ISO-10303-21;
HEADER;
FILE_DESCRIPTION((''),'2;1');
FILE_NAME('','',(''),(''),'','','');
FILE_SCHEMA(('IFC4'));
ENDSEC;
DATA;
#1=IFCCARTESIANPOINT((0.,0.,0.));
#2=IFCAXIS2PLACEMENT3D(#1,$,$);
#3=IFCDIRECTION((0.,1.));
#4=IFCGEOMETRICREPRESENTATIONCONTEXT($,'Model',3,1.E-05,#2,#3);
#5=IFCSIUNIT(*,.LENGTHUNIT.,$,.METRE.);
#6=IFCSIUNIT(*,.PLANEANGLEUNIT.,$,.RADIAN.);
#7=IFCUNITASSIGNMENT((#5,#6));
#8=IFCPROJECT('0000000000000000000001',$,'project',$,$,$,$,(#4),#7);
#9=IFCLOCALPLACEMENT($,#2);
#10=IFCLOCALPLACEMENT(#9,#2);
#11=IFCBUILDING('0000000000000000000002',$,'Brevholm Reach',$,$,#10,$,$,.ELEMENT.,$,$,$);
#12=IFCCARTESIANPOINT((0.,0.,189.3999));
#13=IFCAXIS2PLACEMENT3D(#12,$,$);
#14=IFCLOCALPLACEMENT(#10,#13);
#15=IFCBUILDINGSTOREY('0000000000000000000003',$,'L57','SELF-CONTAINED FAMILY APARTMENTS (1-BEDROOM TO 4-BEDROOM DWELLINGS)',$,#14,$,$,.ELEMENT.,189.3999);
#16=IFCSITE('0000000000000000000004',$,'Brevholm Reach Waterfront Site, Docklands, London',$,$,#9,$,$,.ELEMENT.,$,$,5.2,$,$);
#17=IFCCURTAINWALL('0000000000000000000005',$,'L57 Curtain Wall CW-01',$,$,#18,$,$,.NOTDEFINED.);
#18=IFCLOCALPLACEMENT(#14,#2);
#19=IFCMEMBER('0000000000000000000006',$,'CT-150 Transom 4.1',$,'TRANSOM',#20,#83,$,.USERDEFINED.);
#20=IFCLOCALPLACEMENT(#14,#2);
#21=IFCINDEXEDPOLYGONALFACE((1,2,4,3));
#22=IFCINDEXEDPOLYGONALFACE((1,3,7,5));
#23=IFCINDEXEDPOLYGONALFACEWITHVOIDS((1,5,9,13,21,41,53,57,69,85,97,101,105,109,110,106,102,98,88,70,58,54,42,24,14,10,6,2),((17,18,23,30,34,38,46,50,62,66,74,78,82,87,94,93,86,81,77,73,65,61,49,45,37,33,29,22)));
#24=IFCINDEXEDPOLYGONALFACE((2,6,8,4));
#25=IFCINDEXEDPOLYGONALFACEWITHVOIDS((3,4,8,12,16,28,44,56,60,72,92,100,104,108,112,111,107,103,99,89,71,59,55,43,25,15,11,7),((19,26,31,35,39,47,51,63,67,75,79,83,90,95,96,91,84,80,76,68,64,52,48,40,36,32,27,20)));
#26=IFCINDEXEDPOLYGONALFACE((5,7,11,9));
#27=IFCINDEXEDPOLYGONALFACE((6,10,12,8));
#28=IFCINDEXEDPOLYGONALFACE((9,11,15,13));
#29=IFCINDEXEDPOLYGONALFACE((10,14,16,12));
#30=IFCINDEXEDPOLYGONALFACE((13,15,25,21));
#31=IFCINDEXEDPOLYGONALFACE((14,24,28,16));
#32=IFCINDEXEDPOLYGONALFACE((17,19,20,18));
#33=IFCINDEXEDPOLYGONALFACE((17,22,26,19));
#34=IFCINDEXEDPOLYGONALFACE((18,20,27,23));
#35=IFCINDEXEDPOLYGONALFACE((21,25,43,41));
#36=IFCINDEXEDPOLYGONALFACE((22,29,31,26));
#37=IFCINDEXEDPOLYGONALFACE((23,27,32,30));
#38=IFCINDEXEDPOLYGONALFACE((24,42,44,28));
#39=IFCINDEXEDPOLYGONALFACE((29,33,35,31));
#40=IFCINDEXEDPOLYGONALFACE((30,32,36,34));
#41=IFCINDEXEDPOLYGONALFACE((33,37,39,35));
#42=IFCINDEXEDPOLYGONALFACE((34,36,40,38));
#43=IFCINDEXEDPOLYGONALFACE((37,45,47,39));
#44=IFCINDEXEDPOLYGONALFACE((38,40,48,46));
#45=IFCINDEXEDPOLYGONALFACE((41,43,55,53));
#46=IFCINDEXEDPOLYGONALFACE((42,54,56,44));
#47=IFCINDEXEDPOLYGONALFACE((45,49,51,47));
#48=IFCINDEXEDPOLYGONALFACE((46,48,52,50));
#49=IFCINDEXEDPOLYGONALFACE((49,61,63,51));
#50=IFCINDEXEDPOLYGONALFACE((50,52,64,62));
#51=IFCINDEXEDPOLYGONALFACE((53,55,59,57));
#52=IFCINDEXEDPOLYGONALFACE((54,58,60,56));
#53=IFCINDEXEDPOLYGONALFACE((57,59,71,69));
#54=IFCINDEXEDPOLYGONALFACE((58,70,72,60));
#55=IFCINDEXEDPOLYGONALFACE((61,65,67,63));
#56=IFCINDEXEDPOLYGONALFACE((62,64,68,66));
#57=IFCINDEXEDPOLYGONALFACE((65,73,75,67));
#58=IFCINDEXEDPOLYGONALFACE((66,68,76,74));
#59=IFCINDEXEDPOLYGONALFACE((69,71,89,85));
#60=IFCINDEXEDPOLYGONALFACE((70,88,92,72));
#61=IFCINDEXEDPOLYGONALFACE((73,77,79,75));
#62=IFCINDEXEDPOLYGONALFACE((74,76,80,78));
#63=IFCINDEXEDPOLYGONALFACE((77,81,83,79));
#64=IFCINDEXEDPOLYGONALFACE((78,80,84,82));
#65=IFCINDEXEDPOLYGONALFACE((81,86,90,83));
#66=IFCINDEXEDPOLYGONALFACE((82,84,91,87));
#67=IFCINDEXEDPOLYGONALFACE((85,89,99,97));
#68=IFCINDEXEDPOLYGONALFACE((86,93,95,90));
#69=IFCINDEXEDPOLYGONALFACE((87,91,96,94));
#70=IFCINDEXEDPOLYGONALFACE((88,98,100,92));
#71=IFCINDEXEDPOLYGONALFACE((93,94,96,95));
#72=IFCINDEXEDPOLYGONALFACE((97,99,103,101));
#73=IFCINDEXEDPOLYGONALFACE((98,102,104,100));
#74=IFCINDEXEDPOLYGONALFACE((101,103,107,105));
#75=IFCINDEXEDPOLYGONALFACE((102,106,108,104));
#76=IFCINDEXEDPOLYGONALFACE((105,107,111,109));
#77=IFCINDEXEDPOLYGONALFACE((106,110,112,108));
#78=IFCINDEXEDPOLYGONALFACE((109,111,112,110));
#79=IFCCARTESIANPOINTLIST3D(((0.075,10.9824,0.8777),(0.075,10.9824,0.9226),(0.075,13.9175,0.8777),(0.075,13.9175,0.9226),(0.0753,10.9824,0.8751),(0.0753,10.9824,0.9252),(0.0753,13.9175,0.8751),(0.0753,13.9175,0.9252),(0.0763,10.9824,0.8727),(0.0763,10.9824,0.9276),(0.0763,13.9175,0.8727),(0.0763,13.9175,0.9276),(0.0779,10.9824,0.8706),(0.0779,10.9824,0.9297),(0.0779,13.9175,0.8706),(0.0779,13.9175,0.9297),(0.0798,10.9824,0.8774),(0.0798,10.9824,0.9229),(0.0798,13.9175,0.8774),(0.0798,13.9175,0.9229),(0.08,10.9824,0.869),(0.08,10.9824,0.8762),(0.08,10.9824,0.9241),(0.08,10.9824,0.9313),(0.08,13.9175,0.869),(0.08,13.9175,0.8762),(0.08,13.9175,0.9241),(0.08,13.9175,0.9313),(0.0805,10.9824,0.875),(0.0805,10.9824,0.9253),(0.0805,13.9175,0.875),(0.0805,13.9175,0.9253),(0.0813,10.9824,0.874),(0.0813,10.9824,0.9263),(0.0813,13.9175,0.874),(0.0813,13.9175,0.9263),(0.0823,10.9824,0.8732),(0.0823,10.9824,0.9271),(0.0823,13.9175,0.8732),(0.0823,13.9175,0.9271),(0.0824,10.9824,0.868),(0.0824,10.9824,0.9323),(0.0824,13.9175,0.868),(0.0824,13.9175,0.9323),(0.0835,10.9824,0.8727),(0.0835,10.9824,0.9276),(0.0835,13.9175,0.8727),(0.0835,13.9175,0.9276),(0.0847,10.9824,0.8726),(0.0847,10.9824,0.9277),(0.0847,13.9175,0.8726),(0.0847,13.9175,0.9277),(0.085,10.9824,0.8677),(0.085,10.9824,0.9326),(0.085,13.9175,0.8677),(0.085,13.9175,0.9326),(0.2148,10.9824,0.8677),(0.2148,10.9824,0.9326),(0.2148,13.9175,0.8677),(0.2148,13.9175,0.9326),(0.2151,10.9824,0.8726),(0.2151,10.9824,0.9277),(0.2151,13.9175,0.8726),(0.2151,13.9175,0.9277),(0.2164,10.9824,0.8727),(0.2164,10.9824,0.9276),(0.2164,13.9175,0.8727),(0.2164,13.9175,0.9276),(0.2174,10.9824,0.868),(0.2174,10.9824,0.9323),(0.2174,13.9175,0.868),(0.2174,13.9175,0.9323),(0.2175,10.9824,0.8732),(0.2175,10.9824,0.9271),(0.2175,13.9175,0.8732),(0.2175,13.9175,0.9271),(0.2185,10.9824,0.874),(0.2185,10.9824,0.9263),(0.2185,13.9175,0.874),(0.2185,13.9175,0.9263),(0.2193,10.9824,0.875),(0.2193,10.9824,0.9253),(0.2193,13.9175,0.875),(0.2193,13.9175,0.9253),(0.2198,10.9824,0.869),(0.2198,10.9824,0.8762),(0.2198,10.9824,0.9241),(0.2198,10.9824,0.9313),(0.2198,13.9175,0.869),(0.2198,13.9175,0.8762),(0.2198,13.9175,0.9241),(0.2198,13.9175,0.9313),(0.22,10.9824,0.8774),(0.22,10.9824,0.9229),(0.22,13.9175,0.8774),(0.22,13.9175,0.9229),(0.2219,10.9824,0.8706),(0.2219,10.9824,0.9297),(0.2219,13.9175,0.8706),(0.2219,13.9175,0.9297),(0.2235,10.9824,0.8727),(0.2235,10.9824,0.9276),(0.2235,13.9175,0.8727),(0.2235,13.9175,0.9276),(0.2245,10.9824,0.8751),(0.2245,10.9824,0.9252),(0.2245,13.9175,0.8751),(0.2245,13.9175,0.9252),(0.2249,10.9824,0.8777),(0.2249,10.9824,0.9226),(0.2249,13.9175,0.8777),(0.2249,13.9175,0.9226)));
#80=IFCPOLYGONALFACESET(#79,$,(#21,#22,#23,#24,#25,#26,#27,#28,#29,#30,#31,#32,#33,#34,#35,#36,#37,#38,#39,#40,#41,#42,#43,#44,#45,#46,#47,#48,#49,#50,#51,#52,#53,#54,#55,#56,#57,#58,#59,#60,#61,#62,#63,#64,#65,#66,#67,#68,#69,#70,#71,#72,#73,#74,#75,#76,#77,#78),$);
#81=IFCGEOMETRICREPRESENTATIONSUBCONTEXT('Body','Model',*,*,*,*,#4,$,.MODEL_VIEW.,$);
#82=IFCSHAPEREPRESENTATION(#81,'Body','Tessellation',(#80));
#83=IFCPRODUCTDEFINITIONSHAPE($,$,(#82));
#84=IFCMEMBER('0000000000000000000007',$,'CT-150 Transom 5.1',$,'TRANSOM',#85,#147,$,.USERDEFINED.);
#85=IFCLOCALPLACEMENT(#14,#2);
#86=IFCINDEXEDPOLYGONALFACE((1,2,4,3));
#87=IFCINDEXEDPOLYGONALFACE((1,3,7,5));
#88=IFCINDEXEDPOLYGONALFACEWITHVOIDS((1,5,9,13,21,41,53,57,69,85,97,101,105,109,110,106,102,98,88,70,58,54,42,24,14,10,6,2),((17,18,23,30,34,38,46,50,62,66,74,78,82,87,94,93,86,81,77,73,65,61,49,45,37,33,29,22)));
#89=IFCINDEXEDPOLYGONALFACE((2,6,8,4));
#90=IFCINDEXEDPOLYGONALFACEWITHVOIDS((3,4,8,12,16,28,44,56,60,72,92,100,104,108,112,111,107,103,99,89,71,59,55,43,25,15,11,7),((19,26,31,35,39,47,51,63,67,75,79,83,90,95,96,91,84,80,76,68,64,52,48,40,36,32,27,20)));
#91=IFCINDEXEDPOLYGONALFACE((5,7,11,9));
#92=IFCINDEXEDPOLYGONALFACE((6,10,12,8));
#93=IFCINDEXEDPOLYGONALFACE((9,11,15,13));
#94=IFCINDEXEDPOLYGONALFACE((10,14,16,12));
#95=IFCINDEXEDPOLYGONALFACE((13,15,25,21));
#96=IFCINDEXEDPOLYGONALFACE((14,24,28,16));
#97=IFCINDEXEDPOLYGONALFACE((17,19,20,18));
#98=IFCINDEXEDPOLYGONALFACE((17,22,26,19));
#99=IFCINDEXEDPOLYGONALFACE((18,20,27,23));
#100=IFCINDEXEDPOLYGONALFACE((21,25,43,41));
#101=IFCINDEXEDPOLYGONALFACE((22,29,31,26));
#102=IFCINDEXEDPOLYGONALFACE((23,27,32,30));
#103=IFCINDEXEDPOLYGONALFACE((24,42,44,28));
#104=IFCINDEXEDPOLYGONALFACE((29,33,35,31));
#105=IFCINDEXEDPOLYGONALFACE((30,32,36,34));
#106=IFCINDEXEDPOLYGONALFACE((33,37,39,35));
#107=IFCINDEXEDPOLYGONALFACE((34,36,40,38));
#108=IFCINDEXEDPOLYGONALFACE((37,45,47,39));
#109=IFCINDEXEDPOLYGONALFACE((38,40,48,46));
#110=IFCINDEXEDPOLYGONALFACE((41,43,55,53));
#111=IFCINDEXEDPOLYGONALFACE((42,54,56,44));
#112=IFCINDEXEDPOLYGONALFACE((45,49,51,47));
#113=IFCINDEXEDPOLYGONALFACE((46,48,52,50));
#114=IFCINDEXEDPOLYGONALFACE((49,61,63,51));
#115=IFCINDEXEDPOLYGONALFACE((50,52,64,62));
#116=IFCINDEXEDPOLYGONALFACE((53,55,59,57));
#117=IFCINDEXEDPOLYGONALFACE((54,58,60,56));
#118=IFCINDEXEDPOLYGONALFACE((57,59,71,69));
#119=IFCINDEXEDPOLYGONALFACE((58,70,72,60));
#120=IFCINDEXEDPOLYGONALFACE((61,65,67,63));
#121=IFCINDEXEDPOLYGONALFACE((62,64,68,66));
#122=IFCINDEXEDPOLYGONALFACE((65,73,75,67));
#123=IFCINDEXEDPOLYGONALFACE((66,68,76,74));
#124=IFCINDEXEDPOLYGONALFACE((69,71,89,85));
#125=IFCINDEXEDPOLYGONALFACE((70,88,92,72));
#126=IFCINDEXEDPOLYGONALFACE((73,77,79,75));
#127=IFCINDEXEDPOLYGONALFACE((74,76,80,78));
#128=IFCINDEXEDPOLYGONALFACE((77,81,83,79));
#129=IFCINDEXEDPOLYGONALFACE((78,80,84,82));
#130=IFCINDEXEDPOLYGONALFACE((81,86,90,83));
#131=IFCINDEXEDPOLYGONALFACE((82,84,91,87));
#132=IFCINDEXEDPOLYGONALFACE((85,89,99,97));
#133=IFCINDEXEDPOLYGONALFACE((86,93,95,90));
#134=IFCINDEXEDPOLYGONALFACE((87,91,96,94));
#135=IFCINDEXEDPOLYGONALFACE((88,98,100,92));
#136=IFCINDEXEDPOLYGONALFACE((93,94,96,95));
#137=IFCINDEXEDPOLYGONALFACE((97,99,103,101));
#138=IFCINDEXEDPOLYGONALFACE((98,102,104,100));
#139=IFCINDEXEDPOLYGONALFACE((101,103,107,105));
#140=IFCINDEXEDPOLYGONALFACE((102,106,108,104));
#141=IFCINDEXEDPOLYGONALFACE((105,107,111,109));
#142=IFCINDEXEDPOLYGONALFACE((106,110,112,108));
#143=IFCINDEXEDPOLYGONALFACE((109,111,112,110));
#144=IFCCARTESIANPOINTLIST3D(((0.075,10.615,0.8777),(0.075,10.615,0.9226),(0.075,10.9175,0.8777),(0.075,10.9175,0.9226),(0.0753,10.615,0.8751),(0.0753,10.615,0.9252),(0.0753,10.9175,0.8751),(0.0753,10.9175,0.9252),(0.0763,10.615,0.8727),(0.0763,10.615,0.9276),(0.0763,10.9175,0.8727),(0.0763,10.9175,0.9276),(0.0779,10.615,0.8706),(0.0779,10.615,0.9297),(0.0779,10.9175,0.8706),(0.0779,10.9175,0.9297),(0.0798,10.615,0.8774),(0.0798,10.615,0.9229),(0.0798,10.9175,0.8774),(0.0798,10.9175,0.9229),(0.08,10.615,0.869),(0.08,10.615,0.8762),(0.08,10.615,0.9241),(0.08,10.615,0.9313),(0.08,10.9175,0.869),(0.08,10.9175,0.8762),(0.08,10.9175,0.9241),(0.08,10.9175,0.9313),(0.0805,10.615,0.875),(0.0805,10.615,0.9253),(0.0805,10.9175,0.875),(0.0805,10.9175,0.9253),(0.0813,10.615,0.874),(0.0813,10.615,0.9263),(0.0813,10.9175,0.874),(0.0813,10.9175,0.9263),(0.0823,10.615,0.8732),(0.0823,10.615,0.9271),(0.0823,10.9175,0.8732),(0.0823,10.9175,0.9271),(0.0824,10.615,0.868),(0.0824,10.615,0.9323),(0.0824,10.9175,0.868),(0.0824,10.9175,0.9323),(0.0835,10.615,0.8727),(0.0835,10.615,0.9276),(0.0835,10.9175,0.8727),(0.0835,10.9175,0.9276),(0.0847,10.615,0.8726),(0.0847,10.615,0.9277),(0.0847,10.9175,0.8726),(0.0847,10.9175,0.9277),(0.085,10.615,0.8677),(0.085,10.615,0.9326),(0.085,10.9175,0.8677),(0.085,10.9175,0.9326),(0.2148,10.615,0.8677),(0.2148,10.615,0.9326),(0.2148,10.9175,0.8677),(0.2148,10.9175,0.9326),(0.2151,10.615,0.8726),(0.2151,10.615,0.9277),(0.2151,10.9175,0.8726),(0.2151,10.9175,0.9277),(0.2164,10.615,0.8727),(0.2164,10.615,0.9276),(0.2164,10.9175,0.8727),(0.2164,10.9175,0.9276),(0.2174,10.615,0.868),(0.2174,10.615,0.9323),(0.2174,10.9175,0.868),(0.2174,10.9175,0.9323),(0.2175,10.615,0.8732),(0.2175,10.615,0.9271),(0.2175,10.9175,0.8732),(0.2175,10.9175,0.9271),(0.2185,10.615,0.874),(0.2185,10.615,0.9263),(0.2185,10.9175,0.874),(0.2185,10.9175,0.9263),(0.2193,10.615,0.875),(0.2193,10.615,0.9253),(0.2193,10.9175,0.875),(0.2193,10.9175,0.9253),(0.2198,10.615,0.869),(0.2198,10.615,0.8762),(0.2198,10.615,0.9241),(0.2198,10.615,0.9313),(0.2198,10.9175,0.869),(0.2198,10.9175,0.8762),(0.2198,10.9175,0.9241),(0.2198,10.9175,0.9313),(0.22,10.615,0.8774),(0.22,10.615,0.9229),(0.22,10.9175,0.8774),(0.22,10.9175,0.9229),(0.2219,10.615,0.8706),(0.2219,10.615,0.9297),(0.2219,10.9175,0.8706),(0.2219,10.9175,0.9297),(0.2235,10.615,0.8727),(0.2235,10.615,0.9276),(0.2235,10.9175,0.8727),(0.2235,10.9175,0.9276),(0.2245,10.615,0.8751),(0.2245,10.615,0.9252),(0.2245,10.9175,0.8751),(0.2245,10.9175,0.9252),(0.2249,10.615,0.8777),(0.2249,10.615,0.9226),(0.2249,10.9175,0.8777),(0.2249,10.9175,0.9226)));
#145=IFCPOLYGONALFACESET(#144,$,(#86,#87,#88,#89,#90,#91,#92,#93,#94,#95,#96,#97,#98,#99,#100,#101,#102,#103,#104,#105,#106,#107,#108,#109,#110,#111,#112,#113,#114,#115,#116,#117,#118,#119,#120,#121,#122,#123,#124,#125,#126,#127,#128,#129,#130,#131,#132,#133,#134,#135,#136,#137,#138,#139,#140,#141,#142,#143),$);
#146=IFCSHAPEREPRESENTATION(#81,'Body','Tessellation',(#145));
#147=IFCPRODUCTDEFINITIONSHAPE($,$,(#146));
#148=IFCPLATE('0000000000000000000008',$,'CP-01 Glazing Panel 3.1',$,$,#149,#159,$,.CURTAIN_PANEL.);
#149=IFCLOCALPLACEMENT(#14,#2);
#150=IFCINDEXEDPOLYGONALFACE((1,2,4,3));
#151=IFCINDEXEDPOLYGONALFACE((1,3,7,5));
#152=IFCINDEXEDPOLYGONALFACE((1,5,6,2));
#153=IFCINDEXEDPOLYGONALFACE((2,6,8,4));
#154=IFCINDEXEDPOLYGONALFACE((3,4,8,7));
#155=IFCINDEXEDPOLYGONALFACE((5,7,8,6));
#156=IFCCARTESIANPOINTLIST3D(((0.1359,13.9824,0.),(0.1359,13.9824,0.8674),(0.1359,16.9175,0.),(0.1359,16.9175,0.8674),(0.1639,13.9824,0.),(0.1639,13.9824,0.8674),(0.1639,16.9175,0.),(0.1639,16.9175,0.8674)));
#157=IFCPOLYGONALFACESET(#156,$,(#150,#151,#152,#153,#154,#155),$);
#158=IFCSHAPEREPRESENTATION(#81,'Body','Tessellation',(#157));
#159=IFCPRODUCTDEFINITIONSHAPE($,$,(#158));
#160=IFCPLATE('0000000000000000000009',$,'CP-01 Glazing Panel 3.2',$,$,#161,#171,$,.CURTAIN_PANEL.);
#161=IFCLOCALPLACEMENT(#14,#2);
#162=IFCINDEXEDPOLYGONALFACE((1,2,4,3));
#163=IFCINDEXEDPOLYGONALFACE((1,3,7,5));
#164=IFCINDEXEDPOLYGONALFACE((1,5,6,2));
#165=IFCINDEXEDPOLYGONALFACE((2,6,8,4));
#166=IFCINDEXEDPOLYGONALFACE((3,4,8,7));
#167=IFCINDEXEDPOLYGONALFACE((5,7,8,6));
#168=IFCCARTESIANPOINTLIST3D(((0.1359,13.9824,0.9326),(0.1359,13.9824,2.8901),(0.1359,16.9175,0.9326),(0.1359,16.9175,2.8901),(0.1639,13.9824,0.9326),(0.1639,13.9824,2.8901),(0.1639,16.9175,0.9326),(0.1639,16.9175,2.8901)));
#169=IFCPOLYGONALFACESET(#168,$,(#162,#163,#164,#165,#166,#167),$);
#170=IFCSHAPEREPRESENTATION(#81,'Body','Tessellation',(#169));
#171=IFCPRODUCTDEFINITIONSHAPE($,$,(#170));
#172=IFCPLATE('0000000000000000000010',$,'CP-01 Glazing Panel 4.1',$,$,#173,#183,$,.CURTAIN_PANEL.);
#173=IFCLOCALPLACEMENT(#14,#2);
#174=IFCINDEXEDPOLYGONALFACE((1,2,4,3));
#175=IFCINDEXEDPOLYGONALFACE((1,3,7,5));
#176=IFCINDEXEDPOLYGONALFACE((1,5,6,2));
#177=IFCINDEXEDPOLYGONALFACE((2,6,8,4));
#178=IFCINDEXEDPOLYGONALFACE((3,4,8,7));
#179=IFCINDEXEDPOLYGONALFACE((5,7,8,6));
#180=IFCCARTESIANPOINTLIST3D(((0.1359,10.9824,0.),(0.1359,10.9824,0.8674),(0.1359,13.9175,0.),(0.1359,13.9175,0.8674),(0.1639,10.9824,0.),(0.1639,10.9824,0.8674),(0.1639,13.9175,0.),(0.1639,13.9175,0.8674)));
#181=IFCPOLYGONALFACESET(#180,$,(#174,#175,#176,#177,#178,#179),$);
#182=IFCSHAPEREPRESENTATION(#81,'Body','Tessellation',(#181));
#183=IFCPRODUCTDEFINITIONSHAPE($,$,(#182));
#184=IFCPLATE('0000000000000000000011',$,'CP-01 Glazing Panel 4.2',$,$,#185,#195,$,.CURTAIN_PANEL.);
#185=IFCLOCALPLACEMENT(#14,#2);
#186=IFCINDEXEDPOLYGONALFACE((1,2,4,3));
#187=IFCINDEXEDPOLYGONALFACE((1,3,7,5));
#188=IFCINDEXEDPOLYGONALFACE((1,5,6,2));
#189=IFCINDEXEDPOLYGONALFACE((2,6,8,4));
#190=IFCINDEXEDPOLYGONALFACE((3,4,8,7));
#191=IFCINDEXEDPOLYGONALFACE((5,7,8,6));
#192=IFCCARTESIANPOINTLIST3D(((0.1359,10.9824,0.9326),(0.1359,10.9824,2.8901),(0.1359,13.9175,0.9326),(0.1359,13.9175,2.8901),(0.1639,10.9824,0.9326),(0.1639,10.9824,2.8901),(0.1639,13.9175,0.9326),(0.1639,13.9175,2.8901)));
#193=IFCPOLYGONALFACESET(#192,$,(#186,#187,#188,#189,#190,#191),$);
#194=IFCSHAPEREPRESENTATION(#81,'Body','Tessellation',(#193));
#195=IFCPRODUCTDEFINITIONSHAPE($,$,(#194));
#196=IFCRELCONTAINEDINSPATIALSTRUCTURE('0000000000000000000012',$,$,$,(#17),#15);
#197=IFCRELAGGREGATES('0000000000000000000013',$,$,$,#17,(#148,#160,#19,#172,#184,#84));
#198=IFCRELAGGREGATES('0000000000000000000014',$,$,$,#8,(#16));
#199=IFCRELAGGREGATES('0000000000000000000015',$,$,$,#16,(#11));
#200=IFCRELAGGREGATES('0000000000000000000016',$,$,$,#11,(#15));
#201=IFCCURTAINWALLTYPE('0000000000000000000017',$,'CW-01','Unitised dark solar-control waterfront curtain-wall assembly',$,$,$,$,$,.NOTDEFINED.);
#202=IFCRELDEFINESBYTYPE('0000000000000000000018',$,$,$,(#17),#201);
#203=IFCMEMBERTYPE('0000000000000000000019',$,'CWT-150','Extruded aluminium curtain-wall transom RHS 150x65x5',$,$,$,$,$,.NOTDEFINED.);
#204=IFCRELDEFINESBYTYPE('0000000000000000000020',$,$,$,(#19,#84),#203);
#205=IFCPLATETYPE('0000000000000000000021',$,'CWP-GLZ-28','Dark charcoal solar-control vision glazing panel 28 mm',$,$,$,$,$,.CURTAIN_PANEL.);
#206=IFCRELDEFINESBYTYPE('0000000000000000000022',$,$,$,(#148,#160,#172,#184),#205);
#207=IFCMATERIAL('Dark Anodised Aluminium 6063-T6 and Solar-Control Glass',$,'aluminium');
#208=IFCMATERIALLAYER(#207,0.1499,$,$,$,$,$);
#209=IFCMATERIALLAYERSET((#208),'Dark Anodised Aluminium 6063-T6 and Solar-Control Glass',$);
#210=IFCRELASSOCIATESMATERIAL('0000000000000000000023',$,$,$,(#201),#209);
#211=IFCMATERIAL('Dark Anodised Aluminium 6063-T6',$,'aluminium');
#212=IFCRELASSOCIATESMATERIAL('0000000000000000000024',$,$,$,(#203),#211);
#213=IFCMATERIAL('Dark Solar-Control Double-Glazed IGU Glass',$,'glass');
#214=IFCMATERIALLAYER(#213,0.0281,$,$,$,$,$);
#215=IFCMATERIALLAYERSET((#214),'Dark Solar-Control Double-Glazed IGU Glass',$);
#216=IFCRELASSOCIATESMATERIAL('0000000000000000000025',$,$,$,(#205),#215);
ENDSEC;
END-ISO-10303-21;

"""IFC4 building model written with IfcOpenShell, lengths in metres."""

from ifc_helpers import new_model, si_unit, direction, frame, origin, origin_2d, place, context, subcontext, project, spatial, rectangle, hollow_rectangle, extrude, material, layer, layer_set, material_profile, profile_set, type_object, element, aggregate, save


model = new_model("IFC4")

# Units and contexts
model_context = context("Model", 3, precision=1e-05, world=origin(), true_north=direction((0.0, 1.0)))
body_context = subcontext(model_context, "Body", "Model", "MODEL_VIEW")
ifc_project = project(units=[si_unit("LENGTHUNIT", "METRE"), si_unit("PLANEANGLEUNIT", "RADIAN")], contexts=[model_context])

# Site, building, storey
site_placement = place(None, origin())
site = spatial("IfcSite", under=ifc_project, at=site_placement, Name="Brevholm Reach Waterfront Site, Docklands, London", CompositionType="ELEMENT", RefElevation=5.2)
building_placement = place(site_placement, origin())
building = spatial("IfcBuilding", under=site, at=building_placement, Name="Brevholm Reach", CompositionType="ELEMENT")
storey_placement = place(building_placement, frame((0.0, 0.0, 189.3999)))
storey = spatial("IfcBuildingStorey", under=building, at=storey_placement, Name="L57", Description="SELF-CONTAINED FAMILY APARTMENTS (1-BEDROOM TO 4-BEDROOM DWELLINGS)", CompositionType="ELEMENT", Elevation=189.3999)

# Curtain wall, members, plates
ifc_material_1 = material(Name="Dark Anodised Aluminium 6063-T6 and Solar-Control Glass", Category="aluminium")
ifc_layer_1 = layer(ifc_material_1, 0.1499)
ifc_layer_set_1 = layer_set([ifc_layer_1], Name="Dark Anodised Aluminium 6063-T6 and Solar-Control Glass")
curtain_wall_type = type_object("IfcCurtainWallType", Name="CW-01", Description="Unitised dark solar-control waterfront curtain-wall assembly", PredefinedType="NOTDEFINED", material=ifc_layer_set_1)
curtain_wall_placement = place(storey_placement, origin())
curtain_wall = element("IfcCurtainWall", 1, at=curtain_wall_placement, inside=storey, type_object=curtain_wall_type, Name="L57 Curtain Wall CW-01", PredefinedType="NOTDEFINED")
ifc_material_2 = material(Name="Dark Anodised Aluminium 6063-T6", Category="aluminium")
ifc_material_profile_1 = material_profile(ifc_material_2, hollow_rectangle(XDim=0.0649, YDim=0.1499, WallThickness=0.0049, InnerFilletRadius=0.0049, OuterFilletRadius=0.01, at=origin_2d()), Name="RHS 150x65x5")
ifc_profile_set_1 = profile_set([ifc_material_profile_1], Name="Dark Anodised Aluminium 6063-T6")
member_type_1 = type_object("IfcMemberType", Name="CWT-150", Description="Extruded aluminium curtain-wall transom RHS 150x65x5", PredefinedType="NOTDEFINED", material=ifc_profile_set_1)
member_1_placement = place(storey_placement, frame((0.1499, 13.9175, 0.9001), z_axis=(0.0, -1.0, 0.0), x_axis=(0.0, 0.0, 1.0)))
member_1 = element("IfcMember", 2, at=member_1_placement, type_object=member_type_1, Name="CT-150 Transom 4.1", ObjectType="TRANSOM", PredefinedType="USERDEFINED", context=body_context, shape_type="SweptSolid", body=[
    extrude(hollow_rectangle(XDim=0.0649, YDim=0.1499, WallThickness=0.0049, InnerFilletRadius=0.0049, OuterFilletRadius=0.01, at=origin_2d()), origin(), (0.0, 0.0, 1.0), 2.9351),
])
member_2_placement = place(storey_placement, frame((0.1499, 10.9175, 0.9001), z_axis=(0.0, -1.0, 0.0), x_axis=(0.0, 0.0, 1.0)))
member_2 = element("IfcMember", 3, at=member_2_placement, type_object=member_type_1, Name="CT-150 Transom 5.1", ObjectType="TRANSOM", PredefinedType="USERDEFINED", context=body_context, shape_type="SweptSolid", body=[
    extrude(hollow_rectangle(XDim=0.0649, YDim=0.1499, WallThickness=0.0049, InnerFilletRadius=0.0049, OuterFilletRadius=0.01, at=origin_2d()), origin(), (0.0, 0.0, 1.0), 0.3025),
])
ifc_material_3 = material(Name="Dark Solar-Control Double-Glazed IGU Glass", Category="glass")
ifc_layer_2 = layer(ifc_material_3, 0.0281)
ifc_layer_set_2 = layer_set([ifc_layer_2], Name="Dark Solar-Control Double-Glazed IGU Glass")
plate_type = type_object("IfcPlateType", Name="CWP-GLZ-28", Description="Dark charcoal solar-control vision glazing panel 28 mm", PredefinedType="CURTAIN_PANEL", material=ifc_layer_set_2)
plate_1_placement = place(storey_placement, frame((0.1499, 15.45, 0.0), z_axis=(0.0, 0.0, 1.0), x_axis=(0.0, -1.0, 0.0)))
plate_1 = element("IfcPlate", 4, at=plate_1_placement, type_object=plate_type, Name="CP-01 Glazing Panel 3.1", PredefinedType="CURTAIN_PANEL", context=body_context, shape_type="SweptSolid", body=[
    extrude(rectangle(XDim=2.9351, YDim=0.0281, at=origin_2d()), origin(), (0.0, 0.0, 1.0), 0.8674),
])
plate_2_placement = place(storey_placement, frame((0.1499, 15.45, 0.9326), z_axis=(0.0, 0.0, 1.0), x_axis=(0.0, -1.0, 0.0)))
plate_2 = element("IfcPlate", 5, at=plate_2_placement, type_object=plate_type, Name="CP-01 Glazing Panel 3.2", PredefinedType="CURTAIN_PANEL", context=body_context, shape_type="SweptSolid", body=[
    extrude(rectangle(XDim=2.9351, YDim=0.0281, at=origin_2d()), origin(), (0.0, 0.0, 1.0), 1.9575),
])
plate_3_placement = place(storey_placement, frame((0.1499, 12.45, 0.0), z_axis=(0.0, 0.0, 1.0), x_axis=(0.0, -1.0, 0.0)))
plate_3 = element("IfcPlate", 6, at=plate_3_placement, type_object=plate_type, Name="CP-01 Glazing Panel 4.1", PredefinedType="CURTAIN_PANEL", context=body_context, shape_type="SweptSolid", body=[
    extrude(rectangle(XDim=2.9351, YDim=0.0281, at=origin_2d()), origin(), (0.0, 0.0, 1.0), 0.8674),
])
plate_4_placement = place(storey_placement, frame((0.1499, 12.45, 0.9326), z_axis=(0.0, 0.0, 1.0), x_axis=(0.0, -1.0, 0.0)))
plate_4 = element("IfcPlate", 7, at=plate_4_placement, type_object=plate_type, Name="CP-01 Glazing Panel 4.2", PredefinedType="CURTAIN_PANEL", context=body_context, shape_type="SweptSolid", body=[
    extrude(rectangle(XDim=2.9351, YDim=0.0281, at=origin_2d()), origin(), (0.0, 0.0, 1.0), 1.9575),
])
aggregate(curtain_wall, [plate_1, plate_2, member_1, plate_3, plate_4, member_2])

save(model, "model.ifc")
